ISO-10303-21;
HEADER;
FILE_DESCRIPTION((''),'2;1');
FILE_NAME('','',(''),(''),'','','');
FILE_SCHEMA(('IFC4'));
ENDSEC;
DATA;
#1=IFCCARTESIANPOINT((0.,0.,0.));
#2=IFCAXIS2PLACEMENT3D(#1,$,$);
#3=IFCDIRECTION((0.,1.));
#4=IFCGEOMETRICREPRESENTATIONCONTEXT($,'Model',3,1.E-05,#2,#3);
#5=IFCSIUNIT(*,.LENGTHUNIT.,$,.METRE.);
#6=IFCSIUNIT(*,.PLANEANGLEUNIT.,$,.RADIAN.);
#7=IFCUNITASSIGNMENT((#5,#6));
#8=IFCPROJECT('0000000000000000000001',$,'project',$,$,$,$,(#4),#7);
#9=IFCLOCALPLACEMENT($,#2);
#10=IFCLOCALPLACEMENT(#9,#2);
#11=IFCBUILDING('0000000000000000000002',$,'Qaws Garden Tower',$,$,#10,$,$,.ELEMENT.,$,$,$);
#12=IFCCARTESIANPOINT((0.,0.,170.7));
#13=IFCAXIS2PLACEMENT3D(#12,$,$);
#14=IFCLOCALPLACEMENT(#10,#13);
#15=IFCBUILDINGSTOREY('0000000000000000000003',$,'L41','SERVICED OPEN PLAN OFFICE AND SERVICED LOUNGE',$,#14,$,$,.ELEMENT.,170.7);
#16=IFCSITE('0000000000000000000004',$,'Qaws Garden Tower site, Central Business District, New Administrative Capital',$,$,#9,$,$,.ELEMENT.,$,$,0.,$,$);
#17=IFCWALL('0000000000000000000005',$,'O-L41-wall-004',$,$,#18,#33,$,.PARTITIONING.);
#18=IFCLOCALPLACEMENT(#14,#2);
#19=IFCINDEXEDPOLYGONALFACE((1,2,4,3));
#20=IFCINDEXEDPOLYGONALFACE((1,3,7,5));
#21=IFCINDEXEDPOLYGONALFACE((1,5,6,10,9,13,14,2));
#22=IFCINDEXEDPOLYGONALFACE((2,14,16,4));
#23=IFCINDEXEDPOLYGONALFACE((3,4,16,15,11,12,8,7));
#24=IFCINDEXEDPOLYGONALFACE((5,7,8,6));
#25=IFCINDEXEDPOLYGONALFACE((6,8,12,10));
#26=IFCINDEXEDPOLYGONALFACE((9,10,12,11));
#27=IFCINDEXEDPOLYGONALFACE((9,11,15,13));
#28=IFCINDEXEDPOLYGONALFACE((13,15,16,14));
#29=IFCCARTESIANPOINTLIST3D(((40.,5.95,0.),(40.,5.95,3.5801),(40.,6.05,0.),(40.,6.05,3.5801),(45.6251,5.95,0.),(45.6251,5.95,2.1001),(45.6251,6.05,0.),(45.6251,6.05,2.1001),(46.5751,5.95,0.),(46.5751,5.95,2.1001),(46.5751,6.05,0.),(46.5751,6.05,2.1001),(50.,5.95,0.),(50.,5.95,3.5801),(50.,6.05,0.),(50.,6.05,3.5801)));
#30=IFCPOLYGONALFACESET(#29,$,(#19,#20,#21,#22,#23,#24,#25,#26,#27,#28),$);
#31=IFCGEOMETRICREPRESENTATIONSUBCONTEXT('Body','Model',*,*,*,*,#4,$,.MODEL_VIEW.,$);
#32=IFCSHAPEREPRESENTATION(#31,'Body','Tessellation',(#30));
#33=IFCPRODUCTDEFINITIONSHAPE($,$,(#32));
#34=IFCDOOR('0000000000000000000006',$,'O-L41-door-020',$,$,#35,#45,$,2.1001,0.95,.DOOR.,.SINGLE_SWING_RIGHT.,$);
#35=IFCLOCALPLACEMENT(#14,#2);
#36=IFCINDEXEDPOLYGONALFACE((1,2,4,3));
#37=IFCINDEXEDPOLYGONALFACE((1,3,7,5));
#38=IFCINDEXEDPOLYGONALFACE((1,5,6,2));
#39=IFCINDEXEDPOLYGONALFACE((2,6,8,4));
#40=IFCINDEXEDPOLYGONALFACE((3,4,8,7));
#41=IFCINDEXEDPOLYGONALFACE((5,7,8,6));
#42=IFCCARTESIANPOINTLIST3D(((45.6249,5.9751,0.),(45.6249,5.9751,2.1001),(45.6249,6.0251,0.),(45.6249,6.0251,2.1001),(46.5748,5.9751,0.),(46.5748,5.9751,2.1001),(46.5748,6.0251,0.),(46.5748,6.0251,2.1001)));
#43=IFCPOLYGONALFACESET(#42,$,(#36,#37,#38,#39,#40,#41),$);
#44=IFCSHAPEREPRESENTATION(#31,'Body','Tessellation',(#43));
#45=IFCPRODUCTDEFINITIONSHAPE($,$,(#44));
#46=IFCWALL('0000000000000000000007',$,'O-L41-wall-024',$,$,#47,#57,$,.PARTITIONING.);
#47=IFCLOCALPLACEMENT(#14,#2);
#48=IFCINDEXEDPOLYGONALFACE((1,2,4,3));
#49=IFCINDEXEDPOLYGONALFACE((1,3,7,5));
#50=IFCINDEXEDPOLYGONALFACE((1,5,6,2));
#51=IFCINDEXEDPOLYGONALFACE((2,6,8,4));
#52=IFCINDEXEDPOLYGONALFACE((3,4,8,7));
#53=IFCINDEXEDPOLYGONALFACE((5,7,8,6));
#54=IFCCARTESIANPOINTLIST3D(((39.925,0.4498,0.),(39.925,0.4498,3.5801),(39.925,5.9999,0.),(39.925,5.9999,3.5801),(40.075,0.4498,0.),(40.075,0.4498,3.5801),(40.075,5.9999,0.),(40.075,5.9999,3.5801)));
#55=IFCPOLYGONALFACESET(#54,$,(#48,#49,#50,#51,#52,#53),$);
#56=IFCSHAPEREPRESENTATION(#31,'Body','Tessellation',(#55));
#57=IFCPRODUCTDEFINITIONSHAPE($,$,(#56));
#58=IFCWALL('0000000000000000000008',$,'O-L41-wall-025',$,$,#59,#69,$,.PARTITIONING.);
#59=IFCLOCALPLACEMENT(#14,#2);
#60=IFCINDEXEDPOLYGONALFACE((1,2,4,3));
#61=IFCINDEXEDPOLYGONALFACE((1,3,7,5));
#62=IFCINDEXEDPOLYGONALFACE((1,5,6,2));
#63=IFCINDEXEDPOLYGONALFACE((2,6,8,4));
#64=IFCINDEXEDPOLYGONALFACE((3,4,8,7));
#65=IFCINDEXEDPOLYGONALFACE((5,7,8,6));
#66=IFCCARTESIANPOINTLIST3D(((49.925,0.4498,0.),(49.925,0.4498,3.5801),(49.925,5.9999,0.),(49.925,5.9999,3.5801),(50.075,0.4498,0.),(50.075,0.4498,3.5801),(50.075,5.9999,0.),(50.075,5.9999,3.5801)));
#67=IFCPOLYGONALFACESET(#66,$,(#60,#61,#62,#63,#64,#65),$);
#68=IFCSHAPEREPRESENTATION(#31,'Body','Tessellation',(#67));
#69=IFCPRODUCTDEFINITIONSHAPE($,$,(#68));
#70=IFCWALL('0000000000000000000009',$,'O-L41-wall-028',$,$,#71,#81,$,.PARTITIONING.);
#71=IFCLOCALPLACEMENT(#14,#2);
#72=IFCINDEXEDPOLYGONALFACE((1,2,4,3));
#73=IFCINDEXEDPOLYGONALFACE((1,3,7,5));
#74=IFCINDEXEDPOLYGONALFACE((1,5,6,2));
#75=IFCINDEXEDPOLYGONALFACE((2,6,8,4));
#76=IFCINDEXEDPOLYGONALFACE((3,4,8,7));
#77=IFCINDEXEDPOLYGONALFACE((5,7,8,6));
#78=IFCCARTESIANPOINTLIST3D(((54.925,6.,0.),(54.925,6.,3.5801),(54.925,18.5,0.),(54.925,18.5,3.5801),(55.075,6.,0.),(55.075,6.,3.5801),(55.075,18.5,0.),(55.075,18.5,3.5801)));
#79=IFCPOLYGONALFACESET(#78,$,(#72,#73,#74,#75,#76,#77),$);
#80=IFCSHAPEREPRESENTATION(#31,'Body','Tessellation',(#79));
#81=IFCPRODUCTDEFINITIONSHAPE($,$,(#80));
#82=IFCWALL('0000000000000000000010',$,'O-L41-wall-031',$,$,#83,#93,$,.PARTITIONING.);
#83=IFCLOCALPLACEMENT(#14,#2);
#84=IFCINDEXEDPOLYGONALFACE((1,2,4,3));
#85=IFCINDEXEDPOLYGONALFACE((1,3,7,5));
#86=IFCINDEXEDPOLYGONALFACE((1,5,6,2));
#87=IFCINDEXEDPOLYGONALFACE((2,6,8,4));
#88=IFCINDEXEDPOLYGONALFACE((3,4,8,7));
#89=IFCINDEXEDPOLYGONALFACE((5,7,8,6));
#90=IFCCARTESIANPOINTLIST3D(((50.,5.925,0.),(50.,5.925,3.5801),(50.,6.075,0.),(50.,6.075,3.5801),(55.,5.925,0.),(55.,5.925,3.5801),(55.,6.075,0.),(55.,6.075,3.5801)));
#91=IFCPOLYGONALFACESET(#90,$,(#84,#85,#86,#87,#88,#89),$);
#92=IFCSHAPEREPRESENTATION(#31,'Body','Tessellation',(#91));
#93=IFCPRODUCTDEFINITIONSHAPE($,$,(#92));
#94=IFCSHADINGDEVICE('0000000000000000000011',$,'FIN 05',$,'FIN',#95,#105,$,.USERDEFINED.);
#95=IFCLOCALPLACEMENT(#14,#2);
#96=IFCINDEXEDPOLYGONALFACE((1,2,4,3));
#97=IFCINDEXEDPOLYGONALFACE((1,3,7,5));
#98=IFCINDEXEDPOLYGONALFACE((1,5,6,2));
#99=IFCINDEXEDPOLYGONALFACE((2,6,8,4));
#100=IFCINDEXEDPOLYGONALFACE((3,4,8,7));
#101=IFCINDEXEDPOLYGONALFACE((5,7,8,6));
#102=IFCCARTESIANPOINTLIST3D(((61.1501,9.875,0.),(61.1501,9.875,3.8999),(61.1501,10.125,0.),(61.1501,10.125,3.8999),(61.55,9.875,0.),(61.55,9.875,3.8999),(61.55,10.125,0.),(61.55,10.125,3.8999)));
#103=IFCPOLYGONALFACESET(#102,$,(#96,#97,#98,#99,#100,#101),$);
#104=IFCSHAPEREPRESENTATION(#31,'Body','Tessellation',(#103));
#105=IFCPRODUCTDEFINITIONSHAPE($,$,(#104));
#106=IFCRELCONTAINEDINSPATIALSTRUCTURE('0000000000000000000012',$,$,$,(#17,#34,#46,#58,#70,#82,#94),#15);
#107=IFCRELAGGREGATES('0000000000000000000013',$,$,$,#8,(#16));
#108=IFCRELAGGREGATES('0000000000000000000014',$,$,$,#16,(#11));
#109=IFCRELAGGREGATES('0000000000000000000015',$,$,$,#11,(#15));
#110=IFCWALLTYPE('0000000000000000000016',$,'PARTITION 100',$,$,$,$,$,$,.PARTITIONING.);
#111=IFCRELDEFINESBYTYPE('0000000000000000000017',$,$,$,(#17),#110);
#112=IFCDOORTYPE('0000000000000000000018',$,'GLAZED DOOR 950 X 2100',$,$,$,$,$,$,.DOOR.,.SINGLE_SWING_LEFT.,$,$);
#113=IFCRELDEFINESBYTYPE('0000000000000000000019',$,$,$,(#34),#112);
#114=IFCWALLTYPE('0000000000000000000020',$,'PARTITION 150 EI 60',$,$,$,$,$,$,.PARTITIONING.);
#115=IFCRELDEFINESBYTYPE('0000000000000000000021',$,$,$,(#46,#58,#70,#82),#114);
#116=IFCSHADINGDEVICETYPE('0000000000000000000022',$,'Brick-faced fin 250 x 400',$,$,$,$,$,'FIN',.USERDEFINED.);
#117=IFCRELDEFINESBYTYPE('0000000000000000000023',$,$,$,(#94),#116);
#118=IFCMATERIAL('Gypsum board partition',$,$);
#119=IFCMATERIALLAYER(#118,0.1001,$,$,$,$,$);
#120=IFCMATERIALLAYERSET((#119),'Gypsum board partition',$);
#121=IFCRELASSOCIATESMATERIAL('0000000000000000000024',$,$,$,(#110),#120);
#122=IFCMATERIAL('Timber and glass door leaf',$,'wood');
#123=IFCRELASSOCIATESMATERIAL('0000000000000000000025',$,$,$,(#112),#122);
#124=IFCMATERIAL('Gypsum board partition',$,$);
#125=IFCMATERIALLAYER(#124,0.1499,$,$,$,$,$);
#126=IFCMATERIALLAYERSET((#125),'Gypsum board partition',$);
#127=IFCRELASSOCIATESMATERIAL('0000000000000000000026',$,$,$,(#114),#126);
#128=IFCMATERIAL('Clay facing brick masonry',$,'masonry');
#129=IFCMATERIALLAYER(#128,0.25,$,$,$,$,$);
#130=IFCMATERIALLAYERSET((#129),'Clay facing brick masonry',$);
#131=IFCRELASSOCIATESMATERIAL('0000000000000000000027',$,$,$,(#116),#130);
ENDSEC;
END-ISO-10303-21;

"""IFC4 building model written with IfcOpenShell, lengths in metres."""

from ifc_helpers import new_model, si_unit, direction, frame, frame_2d, origin, origin_2d, place, context, subcontext, project, spatial, rectangle, extrude, material, layer, layer_set, type_object, element, fill, save


model = new_model("IFC4")

# Units and contexts
model_context = context("Model", 3, precision=1e-05, world=origin(), true_north=direction((0.0, 1.0)))
body_context = subcontext(model_context, "Body", "Model", "MODEL_VIEW")
ifc_project = project(units=[si_unit("LENGTHUNIT", "METRE"), si_unit("PLANEANGLEUNIT", "RADIAN")], contexts=[model_context])

# Site, building, storey
site_placement = place(None, origin())
site = spatial("IfcSite", under=ifc_project, at=site_placement, Name="Qaws Garden Tower site, Central Business District, New Administrative Capital", CompositionType="ELEMENT", RefElevation=0.0)
building_placement = place(site_placement, origin())
building = spatial("IfcBuilding", under=site, at=building_placement, Name="Qaws Garden Tower", CompositionType="ELEMENT")
storey_placement = place(building_placement, frame((0.0, 0.0, 170.7)))
storey = spatial("IfcBuildingStorey", under=building, at=storey_placement, Name="L41", Description="SERVICED OPEN PLAN OFFICE AND SERVICED LOUNGE", CompositionType="ELEMENT", Elevation=170.7)

# Wall, opening, door
ifc_material_1 = material(Name="Gypsum board partition")
ifc_layer_1 = layer(ifc_material_1, 0.1001)
ifc_layer_set_1 = layer_set([ifc_layer_1], Name="Gypsum board partition")
wall_type_1 = type_object("IfcWallType", Name="PARTITION 100", PredefinedType="PARTITIONING", material=ifc_layer_set_1)
wall_1_placement = place(storey_placement, frame((40.0, 6.0, 0.0), z_axis=(0.0, 0.0, 1.0), x_axis=(1.0, 0.0, 0.0)))
wall_1 = element("IfcWall", 1, at=wall_1_placement, inside=storey, type_object=wall_type_1, Name="O-L41-wall-004", PredefinedType="PARTITIONING", context=body_context, shape_type="SweptSolid", body=[
    extrude(rectangle(XDim=10.0, YDim=0.1001, at=frame_2d((5.0, 0.0))), origin(), (0.0, 0.0, 1.0), 3.5801),
])
opening_1_placement = place(wall_1_placement, frame((5.625, 0.0, 0.0)))
opening_1 = element("IfcOpeningElement", 2, at=opening_1_placement, cuts=wall_1, PredefinedType="OPENING", context=body_context, shape_type="SweptSolid", body=[
    extrude(rectangle(XDim=0.95, YDim=2.1001, at=frame_2d((0.4751, 1.05))), frame((0.0, 0.0601, 0.0), z_axis=(0.0, -1.0, 0.0), x_axis=(1.0, 0.0, 0.0)), (0.0, 0.0, 1.0), 0.1201),
])
ifc_material_2 = material(Name="Timber and glass door leaf", Category="wood")
door_type = type_object("IfcDoorType", Name="GLAZED DOOR 950 X 2100", OperationType="SINGLE_SWING_LEFT", PredefinedType="DOOR", material=ifc_material_2)
door_placement = place(opening_1_placement, frame((0.95, 0.0, 0.0), z_axis=(0.0, 0.0, 1.0), x_axis=(-1.0, 0.0, 0.0)))
door = element("IfcDoor", 3, at=door_placement, inside=storey, type_object=door_type, Name="O-L41-door-020", OperationType="SINGLE_SWING_RIGHT", OverallHeight=2.1001, OverallWidth=0.95, PredefinedType="DOOR", context=body_context, shape_type="SweptSolid", body=[
    extrude(rectangle(XDim=0.95, YDim=2.1001, at=frame_2d((0.4751, 1.05))), frame((0.0, 0.0249, 0.0), z_axis=(0.0, -1.0, 0.0), x_axis=(1.0, 0.0, 0.0)), (0.0, 0.0, 1.0), 0.05),
])
fill(opening_1, door)

# Walls
ifc_material_3 = material(Name="Gypsum board partition")
ifc_layer_2 = layer(ifc_material_3, 0.1499)
ifc_layer_set_2 = layer_set([ifc_layer_2], Name="Gypsum board partition")
wall_type_2 = type_object("IfcWallType", Name="PARTITION 150 EI 60", PredefinedType="PARTITIONING", material=ifc_layer_set_2)
for number, where, z_axis, x_axis, name in (
    (4, (40.0, 0.45, 0.0), (0.0, 0.0, 1.0), (0.0, 1.0, 0.0), "O-L41-wall-024"),
    (5, (50.0, 0.45, 0.0), (0.0, 0.0, 1.0), (0.0, 1.0, 0.0), "O-L41-wall-025"),
):
    element("IfcWall", number, at=place(storey_placement, frame(where, z_axis=z_axis, x_axis=x_axis)), inside=storey, type_object=wall_type_2, Name=name, PredefinedType="PARTITIONING", context=body_context, shape_type="SweptSolid", body=[
        extrude(rectangle(XDim=5.55, YDim=0.1499, at=frame_2d((2.7749, 0.0))), origin(), (0.0, 0.0, 1.0), 3.5801),
    ])
wall_2_placement = place(storey_placement, frame((55.0, 6.0, 0.0), z_axis=(0.0, 0.0, 1.0), x_axis=(0.0, 1.0, 0.0)))
element("IfcWall", 6, at=wall_2_placement, inside=storey, type_object=wall_type_2, Name="O-L41-wall-028", PredefinedType="PARTITIONING", context=body_context, shape_type="SweptSolid", body=[
    extrude(rectangle(XDim=12.5, YDim=0.1499, at=frame_2d((6.25, 0.0))), origin(), (0.0, 0.0, 1.0), 3.5801),
])
wall_3_placement = place(storey_placement, frame((50.0, 6.0, 0.0), z_axis=(0.0, 0.0, 1.0), x_axis=(1.0, 0.0, 0.0)))
element("IfcWall", 7, at=wall_3_placement, inside=storey, type_object=wall_type_2, Name="O-L41-wall-031", PredefinedType="PARTITIONING", context=body_context, shape_type="SweptSolid", body=[
    extrude(rectangle(XDim=5.0, YDim=0.1499, at=frame_2d((2.5, 0.0))), origin(), (0.0, 0.0, 1.0), 3.5801),
])

# Shading device
ifc_material_4 = material(Name="Clay facing brick masonry", Category="masonry")
ifc_layer_3 = layer(ifc_material_4, 0.25)
ifc_layer_set_3 = layer_set([ifc_layer_3], Name="Clay facing brick masonry")
shading_device_type = type_object("IfcShadingDeviceType", Name="Brick-faced fin 250 x 400", ElementType="FIN", PredefinedType="USERDEFINED", material=ifc_layer_set_3)
shading_device_placement = place(storey_placement, frame((61.3501, 10.0, 0.0), z_axis=(0.0, 0.0, 1.0), x_axis=(0.0, 1.0, 0.0)))
element("IfcShadingDevice", 8, at=shading_device_placement, inside=storey, type_object=shading_device_type, Name="FIN 05", ObjectType="FIN", PredefinedType="USERDEFINED", context=body_context, shape_type="SweptSolid", body=[
    extrude(rectangle(XDim=0.25, YDim=0.3999, at=origin_2d()), origin(), (0.0, 0.0, 1.0), 3.8999),
])

save(model, "model.ifc")
